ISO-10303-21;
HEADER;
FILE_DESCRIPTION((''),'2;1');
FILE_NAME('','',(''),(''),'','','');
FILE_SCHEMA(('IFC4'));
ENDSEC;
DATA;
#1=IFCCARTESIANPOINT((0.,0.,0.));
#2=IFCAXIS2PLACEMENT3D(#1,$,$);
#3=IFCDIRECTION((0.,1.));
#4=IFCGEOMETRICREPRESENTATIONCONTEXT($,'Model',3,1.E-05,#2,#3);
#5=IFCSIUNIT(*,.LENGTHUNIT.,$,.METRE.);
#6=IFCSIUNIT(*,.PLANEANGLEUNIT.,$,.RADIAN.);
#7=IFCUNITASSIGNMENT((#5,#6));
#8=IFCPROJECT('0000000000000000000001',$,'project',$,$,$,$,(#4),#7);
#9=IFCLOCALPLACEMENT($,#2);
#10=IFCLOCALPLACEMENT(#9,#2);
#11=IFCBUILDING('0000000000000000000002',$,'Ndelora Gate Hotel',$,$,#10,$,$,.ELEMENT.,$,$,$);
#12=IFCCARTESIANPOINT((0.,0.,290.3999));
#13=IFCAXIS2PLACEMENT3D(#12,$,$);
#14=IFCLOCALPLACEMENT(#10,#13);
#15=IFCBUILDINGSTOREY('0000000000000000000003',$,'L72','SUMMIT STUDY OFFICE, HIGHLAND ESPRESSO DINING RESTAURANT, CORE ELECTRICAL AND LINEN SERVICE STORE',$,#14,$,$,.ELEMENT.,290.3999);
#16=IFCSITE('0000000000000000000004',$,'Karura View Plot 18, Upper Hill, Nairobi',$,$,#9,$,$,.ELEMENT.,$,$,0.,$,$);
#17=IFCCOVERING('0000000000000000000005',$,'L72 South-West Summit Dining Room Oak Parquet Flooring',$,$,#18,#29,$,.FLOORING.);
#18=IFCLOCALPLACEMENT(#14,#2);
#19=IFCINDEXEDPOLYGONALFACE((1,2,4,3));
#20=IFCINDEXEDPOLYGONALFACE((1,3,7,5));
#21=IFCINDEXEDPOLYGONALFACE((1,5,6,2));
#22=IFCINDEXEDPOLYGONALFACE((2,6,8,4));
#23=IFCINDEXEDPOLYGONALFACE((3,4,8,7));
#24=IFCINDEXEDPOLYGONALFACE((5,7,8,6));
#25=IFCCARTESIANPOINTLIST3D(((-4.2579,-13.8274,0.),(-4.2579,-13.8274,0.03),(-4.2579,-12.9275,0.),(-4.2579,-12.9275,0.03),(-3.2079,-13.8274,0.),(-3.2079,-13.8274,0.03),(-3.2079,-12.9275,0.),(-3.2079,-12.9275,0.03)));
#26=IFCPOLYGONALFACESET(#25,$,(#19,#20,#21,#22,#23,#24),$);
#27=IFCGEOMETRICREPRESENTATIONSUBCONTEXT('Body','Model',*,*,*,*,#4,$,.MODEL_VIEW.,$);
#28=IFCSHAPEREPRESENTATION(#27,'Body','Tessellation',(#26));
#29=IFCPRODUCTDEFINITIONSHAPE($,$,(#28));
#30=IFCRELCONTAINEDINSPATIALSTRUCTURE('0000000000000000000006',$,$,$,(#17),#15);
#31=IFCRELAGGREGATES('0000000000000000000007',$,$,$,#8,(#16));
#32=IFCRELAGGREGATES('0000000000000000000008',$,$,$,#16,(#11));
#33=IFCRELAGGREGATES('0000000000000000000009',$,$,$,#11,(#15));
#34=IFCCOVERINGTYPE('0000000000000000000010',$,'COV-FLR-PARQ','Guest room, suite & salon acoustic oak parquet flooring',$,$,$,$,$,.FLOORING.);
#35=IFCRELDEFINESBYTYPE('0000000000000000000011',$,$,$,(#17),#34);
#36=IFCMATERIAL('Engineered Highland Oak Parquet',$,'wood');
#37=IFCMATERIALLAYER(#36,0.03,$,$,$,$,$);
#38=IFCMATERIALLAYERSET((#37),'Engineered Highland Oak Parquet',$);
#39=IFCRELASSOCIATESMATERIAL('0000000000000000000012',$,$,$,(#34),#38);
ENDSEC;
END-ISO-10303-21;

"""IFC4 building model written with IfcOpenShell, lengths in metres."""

from ifc_helpers import new_model, si_unit, direction, frame, origin, origin_2d, place, context, subcontext, project, spatial, rectangle, extrude, material, layer, layer_set, type_object, element, save


model = new_model("IFC4")

# Units and contexts
model_context = context("Model", 3, precision=1e-05, world=origin(), true_north=direction((0.0, 1.0)))
body_context = subcontext(model_context, "Body", "Model", "MODEL_VIEW")
ifc_project = project(units=[si_unit("LENGTHUNIT", "METRE"), si_unit("PLANEANGLEUNIT", "RADIAN")], contexts=[model_context])

# Site, building, storey
site_placement = place(None, origin())
site = spatial("IfcSite", under=ifc_project, at=site_placement, Name="Karura View Plot 18, Upper Hill, Nairobi", CompositionType="ELEMENT", RefElevation=0.0)
building_placement = place(site_placement, origin())
building = spatial("IfcBuilding", under=site, at=building_placement, Name="Ndelora Gate Hotel", CompositionType="ELEMENT")
storey_placement = place(building_placement, frame((0.0, 0.0, 290.3999)))
storey = spatial("IfcBuildingStorey", under=building, at=storey_placement, Name="L72", Description="SUMMIT STUDY OFFICE, HIGHLAND ESPRESSO DINING RESTAURANT, CORE ELECTRICAL AND LINEN SERVICE STORE", CompositionType="ELEMENT", Elevation=290.3999)

# Covering
ifc_material_1 = material(Name="Engineered Highland Oak Parquet", Category="wood")
ifc_layer_1 = layer(ifc_material_1, 0.03)
ifc_layer_set_1 = layer_set([ifc_layer_1], Name="Engineered Highland Oak Parquet")
covering_type_1 = type_object("IfcCoveringType", Name="COV-FLR-PARQ", Description="Guest room, suite & salon acoustic oak parquet flooring", PredefinedType="FLOORING", material=ifc_layer_set_1)
covering_1_placement = place(storey_placement, frame((-3.7329, -13.3774, 0.0), z_axis=(0.0, 0.0, 1.0), x_axis=(1.0, 0.0, 0.0)))
element("IfcCovering", 1, at=covering_1_placement, inside=storey, type_object=covering_type_1, Name="L72 South-West Summit Dining Room Oak Parquet Flooring", PredefinedType="FLOORING", context=body_context, shape_type="SweptSolid", body=[
    extrude(rectangle(XDim=1.05, YDim=0.8999, at=origin_2d()), origin(), (0.0, 0.0, 1.0), 0.03),
])

save(model, "model.ifc")
